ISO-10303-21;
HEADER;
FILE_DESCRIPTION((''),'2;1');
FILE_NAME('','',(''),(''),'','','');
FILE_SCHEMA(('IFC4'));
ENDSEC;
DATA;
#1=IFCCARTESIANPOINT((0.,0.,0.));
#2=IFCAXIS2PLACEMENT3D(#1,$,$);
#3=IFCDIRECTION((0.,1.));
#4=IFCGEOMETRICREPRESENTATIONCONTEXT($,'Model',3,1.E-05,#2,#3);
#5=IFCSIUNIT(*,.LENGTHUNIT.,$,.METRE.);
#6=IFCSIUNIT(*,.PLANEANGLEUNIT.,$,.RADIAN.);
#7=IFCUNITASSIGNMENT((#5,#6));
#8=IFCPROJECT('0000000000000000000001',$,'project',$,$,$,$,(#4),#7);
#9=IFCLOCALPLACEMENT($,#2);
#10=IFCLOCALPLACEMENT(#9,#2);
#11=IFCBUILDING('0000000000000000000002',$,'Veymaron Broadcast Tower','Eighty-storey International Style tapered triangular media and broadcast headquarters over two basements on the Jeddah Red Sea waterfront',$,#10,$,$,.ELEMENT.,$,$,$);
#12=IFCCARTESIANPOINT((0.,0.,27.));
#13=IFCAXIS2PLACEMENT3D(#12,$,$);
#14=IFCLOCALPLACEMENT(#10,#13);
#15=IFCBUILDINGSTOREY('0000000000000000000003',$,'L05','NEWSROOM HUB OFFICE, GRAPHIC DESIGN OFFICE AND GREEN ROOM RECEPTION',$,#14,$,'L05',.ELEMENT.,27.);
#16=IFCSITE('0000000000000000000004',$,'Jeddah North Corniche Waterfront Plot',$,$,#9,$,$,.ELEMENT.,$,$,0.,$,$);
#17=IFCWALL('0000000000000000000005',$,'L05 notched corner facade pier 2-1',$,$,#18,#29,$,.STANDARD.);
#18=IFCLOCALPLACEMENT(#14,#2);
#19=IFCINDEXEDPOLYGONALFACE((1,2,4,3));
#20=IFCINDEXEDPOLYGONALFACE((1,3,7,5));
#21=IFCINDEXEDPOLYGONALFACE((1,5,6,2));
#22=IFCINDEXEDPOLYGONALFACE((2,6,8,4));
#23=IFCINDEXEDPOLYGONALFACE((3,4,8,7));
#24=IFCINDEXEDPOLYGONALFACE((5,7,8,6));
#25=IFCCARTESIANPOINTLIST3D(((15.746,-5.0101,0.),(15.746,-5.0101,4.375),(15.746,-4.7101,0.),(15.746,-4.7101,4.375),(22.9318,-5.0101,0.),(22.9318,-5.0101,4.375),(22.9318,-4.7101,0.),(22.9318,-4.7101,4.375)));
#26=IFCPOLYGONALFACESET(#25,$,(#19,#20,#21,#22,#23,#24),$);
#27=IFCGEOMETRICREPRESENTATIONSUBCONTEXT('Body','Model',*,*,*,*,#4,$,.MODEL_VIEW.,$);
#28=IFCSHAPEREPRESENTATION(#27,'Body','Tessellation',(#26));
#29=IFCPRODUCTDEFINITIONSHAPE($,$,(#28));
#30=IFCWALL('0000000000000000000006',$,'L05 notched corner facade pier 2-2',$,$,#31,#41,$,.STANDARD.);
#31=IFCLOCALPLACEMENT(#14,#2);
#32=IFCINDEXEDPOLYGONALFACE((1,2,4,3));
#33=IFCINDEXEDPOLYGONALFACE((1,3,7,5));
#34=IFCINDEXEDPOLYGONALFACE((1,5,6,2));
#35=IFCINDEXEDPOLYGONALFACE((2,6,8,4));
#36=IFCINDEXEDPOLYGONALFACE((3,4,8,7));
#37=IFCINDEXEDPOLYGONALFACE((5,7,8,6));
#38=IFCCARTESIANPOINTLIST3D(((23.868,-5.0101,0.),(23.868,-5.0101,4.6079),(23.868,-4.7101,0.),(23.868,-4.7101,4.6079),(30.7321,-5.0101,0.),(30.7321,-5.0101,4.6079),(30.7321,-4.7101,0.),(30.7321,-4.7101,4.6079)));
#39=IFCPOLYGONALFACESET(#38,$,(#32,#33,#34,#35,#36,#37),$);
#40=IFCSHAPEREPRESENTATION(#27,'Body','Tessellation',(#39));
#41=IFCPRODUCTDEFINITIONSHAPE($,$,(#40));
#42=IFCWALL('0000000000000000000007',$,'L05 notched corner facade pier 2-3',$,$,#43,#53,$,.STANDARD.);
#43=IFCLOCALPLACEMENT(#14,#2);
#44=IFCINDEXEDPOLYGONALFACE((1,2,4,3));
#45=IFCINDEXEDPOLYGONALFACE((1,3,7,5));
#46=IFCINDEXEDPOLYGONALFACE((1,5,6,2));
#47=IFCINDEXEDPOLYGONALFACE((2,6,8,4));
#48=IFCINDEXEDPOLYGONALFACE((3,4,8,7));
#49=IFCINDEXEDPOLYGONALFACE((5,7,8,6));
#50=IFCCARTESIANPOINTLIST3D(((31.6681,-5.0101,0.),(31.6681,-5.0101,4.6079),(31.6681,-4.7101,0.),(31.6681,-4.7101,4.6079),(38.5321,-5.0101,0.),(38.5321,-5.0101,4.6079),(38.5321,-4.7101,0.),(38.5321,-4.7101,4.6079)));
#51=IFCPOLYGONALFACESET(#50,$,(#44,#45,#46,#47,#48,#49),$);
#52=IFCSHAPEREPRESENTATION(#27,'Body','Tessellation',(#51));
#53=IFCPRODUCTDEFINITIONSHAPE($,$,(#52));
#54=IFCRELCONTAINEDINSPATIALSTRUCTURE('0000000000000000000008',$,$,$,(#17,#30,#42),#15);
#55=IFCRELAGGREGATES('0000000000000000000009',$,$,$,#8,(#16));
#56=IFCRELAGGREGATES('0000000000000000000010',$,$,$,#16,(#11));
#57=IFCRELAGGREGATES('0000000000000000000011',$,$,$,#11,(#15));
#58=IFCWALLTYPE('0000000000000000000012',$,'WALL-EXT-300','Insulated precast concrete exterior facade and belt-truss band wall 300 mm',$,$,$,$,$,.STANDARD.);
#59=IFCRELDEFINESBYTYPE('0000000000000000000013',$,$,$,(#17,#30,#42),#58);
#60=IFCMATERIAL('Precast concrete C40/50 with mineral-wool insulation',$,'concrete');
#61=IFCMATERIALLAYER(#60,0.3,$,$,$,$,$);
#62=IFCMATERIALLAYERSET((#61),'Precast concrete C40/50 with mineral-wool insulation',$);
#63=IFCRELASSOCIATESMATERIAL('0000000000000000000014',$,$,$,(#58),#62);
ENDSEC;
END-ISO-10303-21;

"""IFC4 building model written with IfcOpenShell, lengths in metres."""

from ifc_helpers import new_model, si_unit, direction, frame, frame_2d, origin, place, context, subcontext, project, spatial, rectangle, extrude, material, layer, layer_set, type_object, element, save


model = new_model("IFC4")

# Units and contexts
model_context = context("Model", 3, precision=1e-05, world=origin(), true_north=direction((0.0, 1.0)))
body_context = subcontext(model_context, "Body", "Model", "MODEL_VIEW")
ifc_project = project(units=[si_unit("LENGTHUNIT", "METRE"), si_unit("PLANEANGLEUNIT", "RADIAN")], contexts=[model_context])

# Site, building, storey
site_placement = place(None, origin())
site = spatial("IfcSite", under=ifc_project, at=site_placement, Name="Jeddah North Corniche Waterfront Plot", CompositionType="ELEMENT", RefElevation=0.0)
building_placement = place(site_placement, origin())
building = spatial("IfcBuilding", under=site, at=building_placement, Name="Veymaron Broadcast Tower", Description="Eighty-storey International Style tapered triangular media and broadcast headquarters over two basements on the Jeddah Red Sea waterfront", CompositionType="ELEMENT")
storey_placement = place(building_placement, frame((0.0, 0.0, 27.0)))
storey = spatial("IfcBuildingStorey", under=building, at=storey_placement, Name="L05", Description="NEWSROOM HUB OFFICE, GRAPHIC DESIGN OFFICE AND GREEN ROOM RECEPTION", LongName="L05", CompositionType="ELEMENT", Elevation=27.0)

# Walls
ifc_material_1 = material(Name="Precast concrete C40/50 with mineral-wool insulation", Category="concrete")
ifc_layer = layer(ifc_material_1, 0.3)
ifc_layer_set = layer_set([ifc_layer], Name="Precast concrete C40/50 with mineral-wool insulation")
wall_type = type_object("IfcWallType", Name="WALL-EXT-300", Description="Insulated precast concrete exterior facade and belt-truss band wall 300 mm", PredefinedType="STANDARD", material=ifc_layer_set)
wall_placement = place(storey_placement, frame((15.7461, -4.8601, 0.0), z_axis=(0.0, 0.0, 1.0), x_axis=(1.0, 0.0, 0.0)))
element("IfcWall", 1, at=wall_placement, inside=storey, type_object=wall_type, Name="L05 notched corner facade pier 2-1", PredefinedType="STANDARD", context=body_context, shape_type="SweptSolid", body=[
    extrude(rectangle(XDim=7.1858, YDim=0.3, at=frame_2d((3.5928, 0.0))), origin(), (0.0, 0.0, 1.0), 4.375),
])
for number, where, z_axis, x_axis, name in (
    (2, (23.8679, -4.8601, 0.0), (0.0, 0.0, 1.0), (1.0, 0.0, 0.0), "L05 notched corner facade pier 2-2"),
    (3, (31.668, -4.8601, 0.0), (0.0, 0.0, 1.0), (1.0, 0.0, 0.0), "L05 notched corner facade pier 2-3"),
):
    element("IfcWall", number, at=place(storey_placement, frame(where, z_axis=z_axis, x_axis=x_axis)), inside=storey, type_object=wall_type, Name=name, PredefinedType="STANDARD", context=body_context, shape_type="SweptSolid", body=[
        extrude(rectangle(XDim=6.864, YDim=0.3, at=frame_2d((3.4321, 0.0))), origin(), (0.0, 0.0, 1.0), 4.6079),
    ])

save(model, "model.ifc")
